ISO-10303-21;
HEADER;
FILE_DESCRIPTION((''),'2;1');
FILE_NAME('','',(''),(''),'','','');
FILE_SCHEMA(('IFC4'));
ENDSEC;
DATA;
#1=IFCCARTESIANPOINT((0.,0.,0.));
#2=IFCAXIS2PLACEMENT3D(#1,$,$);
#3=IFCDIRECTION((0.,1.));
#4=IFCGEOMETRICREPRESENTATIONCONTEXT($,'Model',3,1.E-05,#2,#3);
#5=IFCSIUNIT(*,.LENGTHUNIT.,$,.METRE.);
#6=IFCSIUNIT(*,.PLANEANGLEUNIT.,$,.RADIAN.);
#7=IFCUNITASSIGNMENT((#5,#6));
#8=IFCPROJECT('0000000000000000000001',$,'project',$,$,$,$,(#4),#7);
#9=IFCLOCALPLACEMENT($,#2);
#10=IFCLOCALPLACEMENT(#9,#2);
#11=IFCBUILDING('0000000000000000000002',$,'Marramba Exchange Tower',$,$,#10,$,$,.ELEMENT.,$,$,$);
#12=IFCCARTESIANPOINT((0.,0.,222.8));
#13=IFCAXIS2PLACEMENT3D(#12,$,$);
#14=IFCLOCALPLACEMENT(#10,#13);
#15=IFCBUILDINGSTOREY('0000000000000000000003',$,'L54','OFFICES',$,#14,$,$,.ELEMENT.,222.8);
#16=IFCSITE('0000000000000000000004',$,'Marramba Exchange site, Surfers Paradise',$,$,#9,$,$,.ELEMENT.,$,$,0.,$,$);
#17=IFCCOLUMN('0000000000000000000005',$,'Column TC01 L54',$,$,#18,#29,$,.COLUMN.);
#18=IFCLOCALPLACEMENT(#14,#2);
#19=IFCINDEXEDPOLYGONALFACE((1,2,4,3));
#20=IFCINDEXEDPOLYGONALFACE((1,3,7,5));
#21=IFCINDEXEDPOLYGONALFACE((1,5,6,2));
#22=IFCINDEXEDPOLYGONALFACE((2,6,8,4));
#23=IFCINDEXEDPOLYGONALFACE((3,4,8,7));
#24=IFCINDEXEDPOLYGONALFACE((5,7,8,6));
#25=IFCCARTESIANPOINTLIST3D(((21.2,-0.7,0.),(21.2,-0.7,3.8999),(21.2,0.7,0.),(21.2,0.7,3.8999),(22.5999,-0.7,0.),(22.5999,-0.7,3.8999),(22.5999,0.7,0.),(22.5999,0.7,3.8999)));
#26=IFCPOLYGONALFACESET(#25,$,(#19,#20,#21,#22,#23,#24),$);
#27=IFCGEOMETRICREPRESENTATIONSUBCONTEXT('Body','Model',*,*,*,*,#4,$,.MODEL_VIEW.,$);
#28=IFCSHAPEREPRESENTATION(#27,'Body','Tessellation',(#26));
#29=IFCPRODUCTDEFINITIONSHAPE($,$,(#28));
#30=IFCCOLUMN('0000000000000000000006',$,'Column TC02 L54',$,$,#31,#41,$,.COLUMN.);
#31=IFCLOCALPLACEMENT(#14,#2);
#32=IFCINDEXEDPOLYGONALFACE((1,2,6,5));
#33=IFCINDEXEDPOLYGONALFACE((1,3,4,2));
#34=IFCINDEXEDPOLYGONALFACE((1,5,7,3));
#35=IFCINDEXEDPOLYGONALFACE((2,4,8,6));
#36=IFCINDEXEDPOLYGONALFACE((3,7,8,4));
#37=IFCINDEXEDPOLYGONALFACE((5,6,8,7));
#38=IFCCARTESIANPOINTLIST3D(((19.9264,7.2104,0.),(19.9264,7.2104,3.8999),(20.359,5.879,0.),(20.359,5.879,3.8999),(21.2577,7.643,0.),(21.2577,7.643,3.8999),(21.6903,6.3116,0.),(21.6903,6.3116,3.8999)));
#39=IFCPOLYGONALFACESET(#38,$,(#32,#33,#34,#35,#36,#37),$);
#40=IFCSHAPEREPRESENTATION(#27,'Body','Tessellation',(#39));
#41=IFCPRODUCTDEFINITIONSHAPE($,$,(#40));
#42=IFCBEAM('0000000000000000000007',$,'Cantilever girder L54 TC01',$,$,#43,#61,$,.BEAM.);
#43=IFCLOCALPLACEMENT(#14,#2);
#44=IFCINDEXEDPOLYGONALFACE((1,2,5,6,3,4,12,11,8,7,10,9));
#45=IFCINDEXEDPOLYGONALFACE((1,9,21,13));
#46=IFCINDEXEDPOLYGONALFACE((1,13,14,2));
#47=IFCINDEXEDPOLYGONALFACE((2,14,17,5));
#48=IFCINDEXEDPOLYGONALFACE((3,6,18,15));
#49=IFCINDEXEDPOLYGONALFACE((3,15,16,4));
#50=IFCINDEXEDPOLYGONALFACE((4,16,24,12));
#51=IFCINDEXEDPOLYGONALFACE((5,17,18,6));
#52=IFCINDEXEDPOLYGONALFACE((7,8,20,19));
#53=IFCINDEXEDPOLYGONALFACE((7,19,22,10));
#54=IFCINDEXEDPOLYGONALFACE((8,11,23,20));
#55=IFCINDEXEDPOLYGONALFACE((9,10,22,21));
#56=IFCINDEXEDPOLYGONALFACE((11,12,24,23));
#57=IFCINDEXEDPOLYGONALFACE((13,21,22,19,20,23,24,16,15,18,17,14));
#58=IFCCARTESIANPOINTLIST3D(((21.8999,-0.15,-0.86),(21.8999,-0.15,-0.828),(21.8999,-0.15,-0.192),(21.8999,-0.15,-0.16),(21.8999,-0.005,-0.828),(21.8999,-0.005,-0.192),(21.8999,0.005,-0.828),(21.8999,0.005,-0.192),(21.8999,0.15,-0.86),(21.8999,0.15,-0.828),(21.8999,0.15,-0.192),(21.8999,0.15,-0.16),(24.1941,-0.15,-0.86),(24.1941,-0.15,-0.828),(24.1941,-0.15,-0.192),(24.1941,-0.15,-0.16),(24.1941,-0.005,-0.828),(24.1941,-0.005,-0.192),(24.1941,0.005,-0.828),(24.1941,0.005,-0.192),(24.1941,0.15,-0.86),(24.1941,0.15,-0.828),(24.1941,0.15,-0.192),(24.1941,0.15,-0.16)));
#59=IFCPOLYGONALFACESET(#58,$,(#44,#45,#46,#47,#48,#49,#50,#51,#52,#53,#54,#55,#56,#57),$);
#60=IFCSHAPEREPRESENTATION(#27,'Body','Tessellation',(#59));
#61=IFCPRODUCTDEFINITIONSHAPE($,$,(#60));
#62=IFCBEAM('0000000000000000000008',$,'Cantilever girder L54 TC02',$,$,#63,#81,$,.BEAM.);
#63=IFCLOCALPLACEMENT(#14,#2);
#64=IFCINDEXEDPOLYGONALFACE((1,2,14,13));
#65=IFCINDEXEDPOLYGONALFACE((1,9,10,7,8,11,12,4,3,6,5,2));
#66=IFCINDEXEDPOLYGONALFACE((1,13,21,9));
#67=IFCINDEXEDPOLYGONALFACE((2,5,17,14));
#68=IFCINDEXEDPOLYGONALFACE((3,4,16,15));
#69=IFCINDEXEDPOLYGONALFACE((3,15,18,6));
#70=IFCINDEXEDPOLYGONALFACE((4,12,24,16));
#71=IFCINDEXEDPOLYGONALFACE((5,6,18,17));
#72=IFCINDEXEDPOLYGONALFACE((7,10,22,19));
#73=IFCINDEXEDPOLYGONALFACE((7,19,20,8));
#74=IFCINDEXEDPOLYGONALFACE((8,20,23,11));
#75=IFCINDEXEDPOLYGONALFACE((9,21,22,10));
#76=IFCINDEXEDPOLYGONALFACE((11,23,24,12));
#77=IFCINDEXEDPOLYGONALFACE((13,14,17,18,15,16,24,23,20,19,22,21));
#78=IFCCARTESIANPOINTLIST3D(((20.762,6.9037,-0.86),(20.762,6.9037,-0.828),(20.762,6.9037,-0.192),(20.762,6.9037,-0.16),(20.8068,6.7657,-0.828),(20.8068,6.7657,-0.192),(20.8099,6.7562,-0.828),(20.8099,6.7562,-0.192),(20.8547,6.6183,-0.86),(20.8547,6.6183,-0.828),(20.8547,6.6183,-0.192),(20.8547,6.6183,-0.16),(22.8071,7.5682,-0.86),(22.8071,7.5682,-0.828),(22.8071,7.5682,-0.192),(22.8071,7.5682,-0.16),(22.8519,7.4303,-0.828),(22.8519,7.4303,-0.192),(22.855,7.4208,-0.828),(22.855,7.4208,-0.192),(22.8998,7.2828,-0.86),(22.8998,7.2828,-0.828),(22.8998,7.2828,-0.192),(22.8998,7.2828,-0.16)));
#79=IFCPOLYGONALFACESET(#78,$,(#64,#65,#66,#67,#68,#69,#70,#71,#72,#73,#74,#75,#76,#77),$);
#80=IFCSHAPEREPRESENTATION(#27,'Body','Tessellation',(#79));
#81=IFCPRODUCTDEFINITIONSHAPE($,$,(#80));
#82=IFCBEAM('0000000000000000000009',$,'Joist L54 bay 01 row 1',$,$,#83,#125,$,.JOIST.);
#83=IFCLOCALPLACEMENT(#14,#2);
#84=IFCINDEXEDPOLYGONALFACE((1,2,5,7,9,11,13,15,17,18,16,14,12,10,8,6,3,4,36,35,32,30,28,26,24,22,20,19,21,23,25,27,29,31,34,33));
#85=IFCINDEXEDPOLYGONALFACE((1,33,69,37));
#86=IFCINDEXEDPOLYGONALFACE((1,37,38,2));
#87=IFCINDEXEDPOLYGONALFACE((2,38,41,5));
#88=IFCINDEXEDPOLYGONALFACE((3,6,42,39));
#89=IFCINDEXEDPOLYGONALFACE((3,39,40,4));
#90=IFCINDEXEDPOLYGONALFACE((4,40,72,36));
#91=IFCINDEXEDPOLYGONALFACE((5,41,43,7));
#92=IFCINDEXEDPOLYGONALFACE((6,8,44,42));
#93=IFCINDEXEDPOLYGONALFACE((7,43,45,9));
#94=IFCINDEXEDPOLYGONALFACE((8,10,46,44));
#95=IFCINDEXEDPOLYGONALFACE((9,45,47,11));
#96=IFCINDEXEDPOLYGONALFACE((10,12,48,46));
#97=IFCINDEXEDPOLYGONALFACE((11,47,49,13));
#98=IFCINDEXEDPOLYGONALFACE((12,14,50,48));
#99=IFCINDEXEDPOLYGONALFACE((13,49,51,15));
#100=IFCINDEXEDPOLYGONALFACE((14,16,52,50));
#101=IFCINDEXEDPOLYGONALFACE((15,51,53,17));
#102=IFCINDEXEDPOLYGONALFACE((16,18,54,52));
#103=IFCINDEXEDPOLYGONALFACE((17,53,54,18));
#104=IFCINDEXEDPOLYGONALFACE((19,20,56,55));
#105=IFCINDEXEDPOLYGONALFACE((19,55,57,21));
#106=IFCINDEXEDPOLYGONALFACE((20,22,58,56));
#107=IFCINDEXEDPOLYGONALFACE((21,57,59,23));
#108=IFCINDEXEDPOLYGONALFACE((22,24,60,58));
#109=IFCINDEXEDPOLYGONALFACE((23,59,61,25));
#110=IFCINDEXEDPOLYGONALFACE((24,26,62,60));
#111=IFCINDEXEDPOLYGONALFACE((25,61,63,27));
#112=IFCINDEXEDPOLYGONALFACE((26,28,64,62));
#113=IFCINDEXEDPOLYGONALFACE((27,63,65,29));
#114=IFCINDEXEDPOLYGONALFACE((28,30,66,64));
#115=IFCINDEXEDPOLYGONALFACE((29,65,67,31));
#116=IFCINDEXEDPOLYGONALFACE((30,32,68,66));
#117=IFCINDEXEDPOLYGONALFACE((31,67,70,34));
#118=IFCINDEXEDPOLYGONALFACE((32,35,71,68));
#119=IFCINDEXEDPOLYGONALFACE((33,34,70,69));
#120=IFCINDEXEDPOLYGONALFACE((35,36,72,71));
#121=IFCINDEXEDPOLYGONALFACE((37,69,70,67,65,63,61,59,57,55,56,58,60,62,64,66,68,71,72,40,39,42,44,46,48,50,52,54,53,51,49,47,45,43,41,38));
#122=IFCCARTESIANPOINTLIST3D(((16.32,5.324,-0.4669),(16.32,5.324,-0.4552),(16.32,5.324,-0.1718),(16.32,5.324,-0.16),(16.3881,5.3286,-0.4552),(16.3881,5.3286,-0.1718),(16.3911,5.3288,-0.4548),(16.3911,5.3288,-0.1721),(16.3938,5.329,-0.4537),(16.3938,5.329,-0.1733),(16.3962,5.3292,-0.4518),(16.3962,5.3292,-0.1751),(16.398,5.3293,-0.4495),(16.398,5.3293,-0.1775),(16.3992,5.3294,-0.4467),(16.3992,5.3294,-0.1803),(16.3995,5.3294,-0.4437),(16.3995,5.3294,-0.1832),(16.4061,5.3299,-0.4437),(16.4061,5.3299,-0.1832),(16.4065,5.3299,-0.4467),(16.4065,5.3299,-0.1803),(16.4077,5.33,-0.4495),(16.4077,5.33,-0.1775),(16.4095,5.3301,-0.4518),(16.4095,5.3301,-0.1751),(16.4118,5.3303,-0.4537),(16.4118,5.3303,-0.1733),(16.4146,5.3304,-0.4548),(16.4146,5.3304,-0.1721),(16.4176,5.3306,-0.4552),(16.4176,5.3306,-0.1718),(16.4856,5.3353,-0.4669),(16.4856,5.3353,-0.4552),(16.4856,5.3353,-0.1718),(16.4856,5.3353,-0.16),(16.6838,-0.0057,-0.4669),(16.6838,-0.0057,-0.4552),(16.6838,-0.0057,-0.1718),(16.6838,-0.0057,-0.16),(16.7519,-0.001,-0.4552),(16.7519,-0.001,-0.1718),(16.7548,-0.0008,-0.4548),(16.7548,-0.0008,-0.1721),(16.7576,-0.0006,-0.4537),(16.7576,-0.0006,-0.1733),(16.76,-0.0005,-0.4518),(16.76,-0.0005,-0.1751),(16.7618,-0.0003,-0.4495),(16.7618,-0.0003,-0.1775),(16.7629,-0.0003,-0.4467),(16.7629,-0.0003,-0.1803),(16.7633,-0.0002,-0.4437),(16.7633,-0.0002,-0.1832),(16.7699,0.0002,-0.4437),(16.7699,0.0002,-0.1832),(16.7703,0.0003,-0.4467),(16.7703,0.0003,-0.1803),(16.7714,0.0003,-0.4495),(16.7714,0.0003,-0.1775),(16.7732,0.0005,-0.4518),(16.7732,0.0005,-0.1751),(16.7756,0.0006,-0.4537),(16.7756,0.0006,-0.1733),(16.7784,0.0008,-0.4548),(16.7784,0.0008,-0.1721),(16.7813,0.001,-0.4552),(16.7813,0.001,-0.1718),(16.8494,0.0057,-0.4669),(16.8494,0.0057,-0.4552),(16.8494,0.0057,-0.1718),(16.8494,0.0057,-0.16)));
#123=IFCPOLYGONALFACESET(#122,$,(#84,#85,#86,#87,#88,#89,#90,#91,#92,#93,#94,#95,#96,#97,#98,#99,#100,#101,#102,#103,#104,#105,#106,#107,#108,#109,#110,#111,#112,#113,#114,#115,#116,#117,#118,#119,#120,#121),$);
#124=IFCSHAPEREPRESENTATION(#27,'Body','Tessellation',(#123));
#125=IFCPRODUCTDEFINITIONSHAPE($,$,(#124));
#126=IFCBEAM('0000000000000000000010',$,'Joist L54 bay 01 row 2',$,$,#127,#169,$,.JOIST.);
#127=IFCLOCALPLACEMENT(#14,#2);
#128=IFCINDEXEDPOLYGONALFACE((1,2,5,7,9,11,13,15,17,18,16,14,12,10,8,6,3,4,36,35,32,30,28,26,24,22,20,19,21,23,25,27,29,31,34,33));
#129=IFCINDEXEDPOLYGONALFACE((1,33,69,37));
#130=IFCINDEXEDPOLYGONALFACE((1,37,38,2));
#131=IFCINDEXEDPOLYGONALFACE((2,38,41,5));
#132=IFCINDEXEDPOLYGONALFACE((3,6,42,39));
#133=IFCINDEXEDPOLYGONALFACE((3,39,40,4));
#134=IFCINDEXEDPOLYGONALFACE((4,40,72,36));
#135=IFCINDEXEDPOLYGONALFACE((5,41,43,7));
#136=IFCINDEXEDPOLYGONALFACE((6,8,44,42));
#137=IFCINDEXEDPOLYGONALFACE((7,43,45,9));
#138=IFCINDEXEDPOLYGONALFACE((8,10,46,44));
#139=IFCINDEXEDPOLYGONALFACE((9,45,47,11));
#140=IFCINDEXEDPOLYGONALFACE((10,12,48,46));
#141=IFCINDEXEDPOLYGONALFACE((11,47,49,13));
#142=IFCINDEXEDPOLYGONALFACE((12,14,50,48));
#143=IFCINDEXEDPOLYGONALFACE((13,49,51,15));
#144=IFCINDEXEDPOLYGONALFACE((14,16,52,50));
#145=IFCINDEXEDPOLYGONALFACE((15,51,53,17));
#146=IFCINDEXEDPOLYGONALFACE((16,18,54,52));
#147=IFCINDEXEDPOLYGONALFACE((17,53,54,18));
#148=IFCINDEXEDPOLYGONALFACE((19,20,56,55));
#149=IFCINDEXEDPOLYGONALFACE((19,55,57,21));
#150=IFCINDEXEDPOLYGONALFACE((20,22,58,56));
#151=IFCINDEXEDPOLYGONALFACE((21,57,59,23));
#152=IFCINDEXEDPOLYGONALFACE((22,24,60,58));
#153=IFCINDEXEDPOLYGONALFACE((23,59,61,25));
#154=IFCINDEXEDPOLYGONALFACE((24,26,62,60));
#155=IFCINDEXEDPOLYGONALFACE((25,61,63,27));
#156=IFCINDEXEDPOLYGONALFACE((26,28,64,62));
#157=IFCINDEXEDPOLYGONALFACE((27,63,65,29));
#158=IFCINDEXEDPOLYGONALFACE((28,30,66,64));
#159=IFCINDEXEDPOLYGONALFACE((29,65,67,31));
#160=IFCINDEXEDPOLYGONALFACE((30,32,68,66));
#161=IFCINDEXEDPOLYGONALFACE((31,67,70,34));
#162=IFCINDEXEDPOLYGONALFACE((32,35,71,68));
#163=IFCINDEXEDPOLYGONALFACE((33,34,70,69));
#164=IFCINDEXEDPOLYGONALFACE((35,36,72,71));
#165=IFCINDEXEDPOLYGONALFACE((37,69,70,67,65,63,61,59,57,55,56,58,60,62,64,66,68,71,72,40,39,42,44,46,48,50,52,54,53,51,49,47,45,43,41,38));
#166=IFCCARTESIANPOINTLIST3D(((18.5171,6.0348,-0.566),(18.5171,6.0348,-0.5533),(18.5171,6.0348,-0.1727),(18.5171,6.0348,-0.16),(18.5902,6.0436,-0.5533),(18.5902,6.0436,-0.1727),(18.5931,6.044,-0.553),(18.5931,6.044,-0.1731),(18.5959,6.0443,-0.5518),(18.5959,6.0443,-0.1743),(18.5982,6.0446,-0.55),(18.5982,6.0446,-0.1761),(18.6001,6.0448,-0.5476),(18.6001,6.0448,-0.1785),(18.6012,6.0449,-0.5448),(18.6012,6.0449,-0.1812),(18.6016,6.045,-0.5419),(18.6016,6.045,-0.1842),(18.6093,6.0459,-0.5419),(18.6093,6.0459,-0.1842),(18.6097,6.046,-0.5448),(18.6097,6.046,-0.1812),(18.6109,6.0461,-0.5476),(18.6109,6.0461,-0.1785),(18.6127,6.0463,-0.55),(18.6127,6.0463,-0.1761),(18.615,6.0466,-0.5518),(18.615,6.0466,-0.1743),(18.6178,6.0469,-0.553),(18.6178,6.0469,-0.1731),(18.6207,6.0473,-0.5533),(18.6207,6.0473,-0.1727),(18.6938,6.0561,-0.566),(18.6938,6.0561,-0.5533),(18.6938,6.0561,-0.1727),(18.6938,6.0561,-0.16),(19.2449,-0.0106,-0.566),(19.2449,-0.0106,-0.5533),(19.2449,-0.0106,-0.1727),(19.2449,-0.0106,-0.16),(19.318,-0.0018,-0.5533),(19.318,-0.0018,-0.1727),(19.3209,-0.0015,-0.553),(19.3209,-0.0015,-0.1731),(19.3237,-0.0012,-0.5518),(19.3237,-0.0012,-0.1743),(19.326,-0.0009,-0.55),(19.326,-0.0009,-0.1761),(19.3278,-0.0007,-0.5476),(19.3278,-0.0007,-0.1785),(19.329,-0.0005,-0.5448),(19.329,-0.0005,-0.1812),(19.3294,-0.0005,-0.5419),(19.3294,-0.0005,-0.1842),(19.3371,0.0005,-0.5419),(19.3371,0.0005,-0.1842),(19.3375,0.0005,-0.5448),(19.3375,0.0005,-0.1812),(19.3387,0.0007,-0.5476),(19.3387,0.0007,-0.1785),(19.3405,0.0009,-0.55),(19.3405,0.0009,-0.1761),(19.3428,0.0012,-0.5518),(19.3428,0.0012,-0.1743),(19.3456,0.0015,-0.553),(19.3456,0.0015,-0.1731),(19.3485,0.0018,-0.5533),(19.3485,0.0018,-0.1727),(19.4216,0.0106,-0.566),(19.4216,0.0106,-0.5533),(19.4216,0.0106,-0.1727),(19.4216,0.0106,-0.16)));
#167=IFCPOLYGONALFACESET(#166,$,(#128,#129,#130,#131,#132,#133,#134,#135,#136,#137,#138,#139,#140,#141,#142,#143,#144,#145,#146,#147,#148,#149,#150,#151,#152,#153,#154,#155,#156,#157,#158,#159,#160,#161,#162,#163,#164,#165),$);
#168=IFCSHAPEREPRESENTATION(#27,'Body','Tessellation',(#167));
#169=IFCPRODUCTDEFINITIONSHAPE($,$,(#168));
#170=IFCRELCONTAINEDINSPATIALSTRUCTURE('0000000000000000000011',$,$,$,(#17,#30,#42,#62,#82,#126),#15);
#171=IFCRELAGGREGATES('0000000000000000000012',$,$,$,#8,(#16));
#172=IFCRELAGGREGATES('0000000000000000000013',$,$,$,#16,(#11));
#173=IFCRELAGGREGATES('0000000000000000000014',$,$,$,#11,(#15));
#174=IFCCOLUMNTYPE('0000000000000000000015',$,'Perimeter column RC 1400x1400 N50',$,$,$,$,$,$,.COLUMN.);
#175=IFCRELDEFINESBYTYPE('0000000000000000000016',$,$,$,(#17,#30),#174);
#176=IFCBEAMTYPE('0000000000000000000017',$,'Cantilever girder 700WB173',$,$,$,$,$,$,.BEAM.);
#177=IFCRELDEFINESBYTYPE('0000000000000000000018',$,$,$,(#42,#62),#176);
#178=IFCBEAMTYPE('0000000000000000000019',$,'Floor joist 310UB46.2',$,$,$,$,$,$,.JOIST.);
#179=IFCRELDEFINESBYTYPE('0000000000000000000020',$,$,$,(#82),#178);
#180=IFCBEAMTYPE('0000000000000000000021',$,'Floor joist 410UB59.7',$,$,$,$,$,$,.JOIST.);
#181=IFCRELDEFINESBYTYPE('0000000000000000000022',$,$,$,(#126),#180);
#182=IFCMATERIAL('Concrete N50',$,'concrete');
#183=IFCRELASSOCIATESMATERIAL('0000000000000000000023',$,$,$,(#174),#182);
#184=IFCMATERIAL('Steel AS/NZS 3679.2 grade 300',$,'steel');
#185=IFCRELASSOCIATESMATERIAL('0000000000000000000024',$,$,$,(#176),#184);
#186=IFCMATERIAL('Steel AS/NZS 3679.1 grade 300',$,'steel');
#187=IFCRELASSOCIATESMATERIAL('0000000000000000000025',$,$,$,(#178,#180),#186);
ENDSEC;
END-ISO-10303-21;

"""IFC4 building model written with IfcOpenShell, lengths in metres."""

from ifc_helpers import new_model, si_unit, direction, frame, origin, origin_2d, place, context, subcontext, project, spatial, rectangle, i_section, extrude, material, material_profile, profile_set, type_object, element, save


model = new_model("IFC4")

# Units and contexts
model_context = context("Model", 3, precision=1e-05, world=origin(), true_north=direction((0.0, 1.0)))
body_context = subcontext(model_context, "Body", "Model", "MODEL_VIEW")
ifc_project = project(units=[si_unit("LENGTHUNIT", "METRE"), si_unit("PLANEANGLEUNIT", "RADIAN")], contexts=[model_context])

# Site, building, storey
site_placement = place(None, origin())
site = spatial("IfcSite", under=ifc_project, at=site_placement, Name="Marramba Exchange site, Surfers Paradise", CompositionType="ELEMENT", RefElevation=0.0)
building_placement = place(site_placement, origin())
building = spatial("IfcBuilding", under=site, at=building_placement, Name="Marramba Exchange Tower", CompositionType="ELEMENT")
storey_placement = place(building_placement, frame((0.0, 0.0, 222.8)))
storey = spatial("IfcBuildingStorey", under=building, at=storey_placement, Name="L54", Description="OFFICES", CompositionType="ELEMENT", Elevation=222.8)

# Columns
ifc_material_1 = material(Name="Concrete N50", Category="concrete")
ifc_material_profile_1 = material_profile(ifc_material_1, rectangle(XDim=1.3999, YDim=1.3999, at=origin_2d()), Name="RC 1400x1400")
ifc_profile_set_1 = profile_set([ifc_material_profile_1], Name="Concrete N50")
column_type = type_object("IfcColumnType", Name="Perimeter column RC 1400x1400 N50", PredefinedType="COLUMN", material=ifc_profile_set_1)
for number, where, z_axis, x_axis, name in (
    (1, (21.8999, 0.0, 0.0), (0.0, 0.0, 1.0), (1.0, 0.0, 0.0), "Column TC01 L54"),
    (2, (20.8083, 6.761, 0.0), (0.0, 0.0, 1.0), (0.951057, 0.309017, 0.0), "Column TC02 L54"),
):
    element("IfcColumn", number, at=place(storey_placement, frame(where, z_axis=z_axis, x_axis=x_axis)), inside=storey, type_object=column_type, Name=name, PredefinedType="COLUMN", context=body_context, shape_type="SweptSolid", body=[
        extrude(rectangle(XDim=1.3999, YDim=1.3999, at=origin_2d()), origin(), (0.0, 0.0, 1.0), 3.8999),
    ])

# Beams
ifc_material_2 = material(Name="Steel AS/NZS 3679.2 grade 300", Category="steel")
ifc_material_profile_2 = material_profile(ifc_material_2, i_section(OverallWidth=0.3, OverallDepth=0.7, WebThickness=0.01, FlangeThickness=0.032, at=origin_2d()), Name="700WB173")
ifc_profile_set_2 = profile_set([ifc_material_profile_2], Name="Steel AS/NZS 3679.2 grade 300")
beam_type_1 = type_object("IfcBeamType", Name="Cantilever girder 700WB173", PredefinedType="BEAM", material=ifc_profile_set_2)
beam_1_placement = place(storey_placement, frame((21.8999, 0.0, -0.51), z_axis=(1.0, 0.0, 0.0), x_axis=(0.0, 1.0, 0.0)))
element("IfcBeam", 3, at=beam_1_placement, inside=storey, type_object=beam_type_1, Name="Cantilever girder L54 TC01", PredefinedType="BEAM", context=body_context, shape_type="SweptSolid", body=[
    extrude(i_section(OverallWidth=0.3, OverallDepth=0.7, WebThickness=0.01, FlangeThickness=0.032, at=origin_2d()), origin(), (0.0, 0.0, 1.0), 2.2942),
])
beam_2_placement = place(storey_placement, frame((20.8083, 6.761, -0.51), z_axis=(0.951052, 0.309032, 0.0), x_axis=(-0.309032, 0.951052, 0.0)))
element("IfcBeam", 4, at=beam_2_placement, inside=storey, type_object=beam_type_1, Name="Cantilever girder L54 TC02", PredefinedType="BEAM", context=body_context, shape_type="SweptSolid", body=[
    extrude(i_section(OverallWidth=0.3, OverallDepth=0.7, WebThickness=0.01, FlangeThickness=0.032, at=origin_2d()), origin(), (0.0, 0.0, 1.0), 2.1504),
])
ifc_material_3 = material(Name="Steel AS/NZS 3679.1 grade 300", Category="steel")
ifc_material_profile_3 = material_profile(ifc_material_3, i_section(OverallWidth=0.166, OverallDepth=0.3069, WebThickness=0.0066, FlangeThickness=0.0117, FilletRadius=0.0115, at=origin_2d()), Name="310UB46.2")
ifc_profile_set_3 = profile_set([ifc_material_profile_3], Name="Steel AS/NZS 3679.1 grade 300")
beam_type_2 = type_object("IfcBeamType", Name="Floor joist 310UB46.2", PredefinedType="JOIST", material=ifc_profile_set_3)
beam_3_placement = place(storey_placement, frame((16.7666, 0.0, -0.3135), z_axis=(-0.068096, 0.997679, 0.0), x_axis=(-0.997679, -0.068096, 0.0)))
element("IfcBeam", 5, at=beam_3_placement, inside=storey, type_object=beam_type_2, Name="Joist L54 bay 01 row 1", PredefinedType="JOIST", context=body_context, shape_type="SweptSolid", body=[
    extrude(i_section(OverallWidth=0.166, OverallDepth=0.3069, WebThickness=0.0066, FlangeThickness=0.0117, FilletRadius=0.0115, at=origin_2d()), origin(), (0.0, 0.0, 1.0), 5.342),
])
ifc_material_profile_4 = material_profile(ifc_material_3, i_section(OverallWidth=0.178, OverallDepth=0.406, WebThickness=0.0078, FlangeThickness=0.0127, FilletRadius=0.0115, at=origin_2d()), Name="410UB59.7")
ifc_profile_set_4 = profile_set([ifc_material_profile_4], Name="Steel AS/NZS 3679.1 grade 300")
beam_type_3 = type_object("IfcBeamType", Name="Floor joist 410UB59.7", PredefinedType="JOIST", material=ifc_profile_set_4)
beam_4_placement = place(storey_placement, frame((19.3333, 0.0, -0.363), z_axis=(-0.119523, 0.992831, 0.0), x_axis=(-0.992831, -0.119523, 0.0)))
element("IfcBeam", 6, at=beam_4_placement, inside=storey, type_object=beam_type_3, Name="Joist L54 bay 01 row 2", PredefinedType="JOIST", context=body_context, shape_type="SweptSolid", body=[
    extrude(i_section(OverallWidth=0.178, OverallDepth=0.406, WebThickness=0.0078, FlangeThickness=0.0127, FilletRadius=0.0115, at=origin_2d()), origin(), (0.0, 0.0, 1.0), 6.0891),
])

save(model, "model.ifc")
